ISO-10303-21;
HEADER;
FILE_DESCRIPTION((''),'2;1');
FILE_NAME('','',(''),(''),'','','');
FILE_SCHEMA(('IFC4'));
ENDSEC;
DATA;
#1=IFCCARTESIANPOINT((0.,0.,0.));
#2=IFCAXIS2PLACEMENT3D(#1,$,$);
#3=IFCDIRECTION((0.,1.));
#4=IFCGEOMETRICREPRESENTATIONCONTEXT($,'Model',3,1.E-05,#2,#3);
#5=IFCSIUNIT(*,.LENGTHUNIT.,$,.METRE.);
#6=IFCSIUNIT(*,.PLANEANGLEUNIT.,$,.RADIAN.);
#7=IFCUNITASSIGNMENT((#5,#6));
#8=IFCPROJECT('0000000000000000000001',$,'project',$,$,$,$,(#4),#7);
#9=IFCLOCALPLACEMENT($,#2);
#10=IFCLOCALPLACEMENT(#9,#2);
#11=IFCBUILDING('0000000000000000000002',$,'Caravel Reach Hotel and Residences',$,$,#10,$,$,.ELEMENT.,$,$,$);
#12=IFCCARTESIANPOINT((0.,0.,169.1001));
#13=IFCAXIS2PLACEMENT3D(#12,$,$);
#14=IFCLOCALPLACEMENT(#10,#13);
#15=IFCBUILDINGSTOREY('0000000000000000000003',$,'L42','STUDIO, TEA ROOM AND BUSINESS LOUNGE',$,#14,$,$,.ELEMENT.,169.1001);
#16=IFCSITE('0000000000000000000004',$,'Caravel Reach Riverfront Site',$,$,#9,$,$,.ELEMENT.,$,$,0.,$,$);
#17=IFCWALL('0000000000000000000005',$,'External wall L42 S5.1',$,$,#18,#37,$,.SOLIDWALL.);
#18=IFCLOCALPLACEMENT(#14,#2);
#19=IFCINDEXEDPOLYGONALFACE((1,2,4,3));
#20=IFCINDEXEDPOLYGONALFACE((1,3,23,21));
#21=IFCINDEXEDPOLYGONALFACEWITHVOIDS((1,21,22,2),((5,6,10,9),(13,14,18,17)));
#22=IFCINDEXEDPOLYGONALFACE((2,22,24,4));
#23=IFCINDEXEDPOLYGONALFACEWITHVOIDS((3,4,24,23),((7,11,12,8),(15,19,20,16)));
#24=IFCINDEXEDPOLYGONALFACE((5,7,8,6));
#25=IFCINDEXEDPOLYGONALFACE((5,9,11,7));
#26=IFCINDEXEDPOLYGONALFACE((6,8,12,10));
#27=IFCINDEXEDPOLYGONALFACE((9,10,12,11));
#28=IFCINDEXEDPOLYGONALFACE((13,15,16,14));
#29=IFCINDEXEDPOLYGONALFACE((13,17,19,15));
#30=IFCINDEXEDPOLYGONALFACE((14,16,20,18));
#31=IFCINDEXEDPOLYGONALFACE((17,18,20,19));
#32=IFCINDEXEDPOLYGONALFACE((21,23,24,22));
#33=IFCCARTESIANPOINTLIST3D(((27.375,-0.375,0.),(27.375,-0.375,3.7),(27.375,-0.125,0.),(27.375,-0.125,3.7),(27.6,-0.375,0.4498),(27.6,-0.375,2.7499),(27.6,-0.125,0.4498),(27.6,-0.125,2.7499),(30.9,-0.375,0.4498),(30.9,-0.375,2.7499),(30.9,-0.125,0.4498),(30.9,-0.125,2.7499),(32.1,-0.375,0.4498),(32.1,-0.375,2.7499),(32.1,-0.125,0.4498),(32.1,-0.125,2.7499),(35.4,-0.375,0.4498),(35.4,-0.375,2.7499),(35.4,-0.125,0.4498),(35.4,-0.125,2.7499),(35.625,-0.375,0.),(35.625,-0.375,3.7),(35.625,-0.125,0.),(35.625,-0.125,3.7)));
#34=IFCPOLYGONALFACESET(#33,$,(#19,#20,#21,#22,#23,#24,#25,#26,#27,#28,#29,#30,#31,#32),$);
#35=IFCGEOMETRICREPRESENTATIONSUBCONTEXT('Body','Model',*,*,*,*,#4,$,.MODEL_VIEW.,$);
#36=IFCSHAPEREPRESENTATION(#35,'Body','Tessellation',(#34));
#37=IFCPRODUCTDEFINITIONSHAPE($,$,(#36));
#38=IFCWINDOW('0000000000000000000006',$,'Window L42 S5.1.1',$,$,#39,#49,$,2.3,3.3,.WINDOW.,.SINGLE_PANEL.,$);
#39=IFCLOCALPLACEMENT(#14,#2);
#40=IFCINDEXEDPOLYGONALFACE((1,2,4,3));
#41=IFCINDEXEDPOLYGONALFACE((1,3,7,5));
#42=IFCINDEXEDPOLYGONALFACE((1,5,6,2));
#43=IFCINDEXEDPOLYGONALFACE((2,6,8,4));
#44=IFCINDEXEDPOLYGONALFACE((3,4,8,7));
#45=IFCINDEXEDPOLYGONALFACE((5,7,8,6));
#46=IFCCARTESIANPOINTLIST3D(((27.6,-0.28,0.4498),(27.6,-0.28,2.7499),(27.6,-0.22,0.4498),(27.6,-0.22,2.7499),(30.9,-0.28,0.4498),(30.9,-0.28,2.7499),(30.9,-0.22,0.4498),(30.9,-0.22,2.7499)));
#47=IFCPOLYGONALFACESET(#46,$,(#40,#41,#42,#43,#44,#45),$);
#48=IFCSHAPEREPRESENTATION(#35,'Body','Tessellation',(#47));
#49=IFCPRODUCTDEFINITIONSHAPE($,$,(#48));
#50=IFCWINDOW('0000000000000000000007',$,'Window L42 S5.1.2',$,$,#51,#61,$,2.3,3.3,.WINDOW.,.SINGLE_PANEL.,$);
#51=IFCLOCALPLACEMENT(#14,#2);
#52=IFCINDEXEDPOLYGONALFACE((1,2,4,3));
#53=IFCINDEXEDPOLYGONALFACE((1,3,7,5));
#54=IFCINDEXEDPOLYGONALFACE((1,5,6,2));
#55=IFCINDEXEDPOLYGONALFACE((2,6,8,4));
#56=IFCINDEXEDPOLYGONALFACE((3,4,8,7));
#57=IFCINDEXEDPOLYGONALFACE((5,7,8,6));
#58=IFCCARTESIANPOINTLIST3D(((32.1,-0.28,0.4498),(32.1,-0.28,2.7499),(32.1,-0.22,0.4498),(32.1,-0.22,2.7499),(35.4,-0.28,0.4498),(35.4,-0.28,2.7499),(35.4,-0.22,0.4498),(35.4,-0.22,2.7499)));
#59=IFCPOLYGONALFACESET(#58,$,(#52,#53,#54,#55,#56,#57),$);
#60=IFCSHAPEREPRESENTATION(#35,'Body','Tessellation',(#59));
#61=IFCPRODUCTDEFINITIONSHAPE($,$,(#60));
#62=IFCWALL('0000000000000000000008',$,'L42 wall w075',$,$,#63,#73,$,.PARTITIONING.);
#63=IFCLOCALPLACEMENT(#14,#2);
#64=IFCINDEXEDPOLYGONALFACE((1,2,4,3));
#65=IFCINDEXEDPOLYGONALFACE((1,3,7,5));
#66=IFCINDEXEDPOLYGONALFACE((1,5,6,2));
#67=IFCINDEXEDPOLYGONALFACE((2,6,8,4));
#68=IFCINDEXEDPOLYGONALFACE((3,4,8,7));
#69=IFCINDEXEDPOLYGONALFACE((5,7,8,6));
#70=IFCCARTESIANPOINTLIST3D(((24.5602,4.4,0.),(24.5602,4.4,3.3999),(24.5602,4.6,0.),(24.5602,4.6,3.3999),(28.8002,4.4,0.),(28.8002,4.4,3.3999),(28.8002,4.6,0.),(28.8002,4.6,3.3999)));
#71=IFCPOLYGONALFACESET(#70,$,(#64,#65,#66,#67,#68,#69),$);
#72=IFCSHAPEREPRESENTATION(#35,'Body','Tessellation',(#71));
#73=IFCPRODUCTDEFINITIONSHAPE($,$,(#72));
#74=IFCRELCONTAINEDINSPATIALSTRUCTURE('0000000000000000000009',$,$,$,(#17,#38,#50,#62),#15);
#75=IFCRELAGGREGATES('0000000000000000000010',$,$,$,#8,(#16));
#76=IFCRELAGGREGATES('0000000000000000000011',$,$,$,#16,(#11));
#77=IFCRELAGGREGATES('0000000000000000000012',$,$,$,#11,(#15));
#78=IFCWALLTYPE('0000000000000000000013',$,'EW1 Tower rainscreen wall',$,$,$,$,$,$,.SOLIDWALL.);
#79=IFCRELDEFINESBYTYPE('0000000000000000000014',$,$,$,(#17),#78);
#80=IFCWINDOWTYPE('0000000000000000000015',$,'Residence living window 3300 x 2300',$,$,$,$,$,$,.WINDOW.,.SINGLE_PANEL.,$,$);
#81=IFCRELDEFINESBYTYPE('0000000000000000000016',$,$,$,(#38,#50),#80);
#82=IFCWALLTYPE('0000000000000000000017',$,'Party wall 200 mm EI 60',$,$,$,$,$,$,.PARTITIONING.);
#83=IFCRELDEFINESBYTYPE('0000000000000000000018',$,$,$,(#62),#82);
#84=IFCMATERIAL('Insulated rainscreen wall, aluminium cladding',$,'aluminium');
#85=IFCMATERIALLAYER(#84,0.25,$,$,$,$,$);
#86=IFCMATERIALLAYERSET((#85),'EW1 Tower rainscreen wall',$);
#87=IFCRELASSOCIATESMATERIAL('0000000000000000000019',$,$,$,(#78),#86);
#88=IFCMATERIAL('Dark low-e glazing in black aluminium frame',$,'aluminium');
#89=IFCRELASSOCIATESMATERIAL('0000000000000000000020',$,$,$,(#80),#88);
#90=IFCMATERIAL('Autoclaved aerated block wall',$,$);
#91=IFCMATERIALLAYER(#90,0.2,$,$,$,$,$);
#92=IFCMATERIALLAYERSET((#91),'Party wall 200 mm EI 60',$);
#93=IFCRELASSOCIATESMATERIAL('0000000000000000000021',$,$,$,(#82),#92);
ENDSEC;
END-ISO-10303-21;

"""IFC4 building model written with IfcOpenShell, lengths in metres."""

from ifc_helpers import new_model, si_unit, direction, frame, frame_2d, origin, place, context, subcontext, project, spatial, rectangle, extrude, material, layer, layer_set, type_object, element, fill, save


model = new_model("IFC4")

# Units and contexts
model_context = context("Model", 3, precision=1e-05, world=origin(), true_north=direction((0.0, 1.0)))
body_context = subcontext(model_context, "Body", "Model", "MODEL_VIEW")
ifc_project = project(units=[si_unit("LENGTHUNIT", "METRE"), si_unit("PLANEANGLEUNIT", "RADIAN")], contexts=[model_context])

# Site, building, storey
site_placement = place(None, origin())
site = spatial("IfcSite", under=ifc_project, at=site_placement, Name="Caravel Reach Riverfront Site", CompositionType="ELEMENT", RefElevation=0.0)
building_placement = place(site_placement, origin())
building = spatial("IfcBuilding", under=site, at=building_placement, Name="Caravel Reach Hotel and Residences", CompositionType="ELEMENT")
storey_placement = place(building_placement, frame((0.0, 0.0, 169.1001)))
storey = spatial("IfcBuildingStorey", under=building, at=storey_placement, Name="L42", Description="STUDIO, TEA ROOM AND BUSINESS LOUNGE", CompositionType="ELEMENT", Elevation=169.1001)

# Shared definitions
ifc_material_1 = material(Name="Insulated rainscreen wall, aluminium cladding", Category="aluminium")
ifc_layer_1 = layer(ifc_material_1, 0.25)
ifc_layer_set_1 = layer_set([ifc_layer_1], Name="EW1 Tower rainscreen wall")
wall_type_1 = type_object("IfcWallType", Name="EW1 Tower rainscreen wall", PredefinedType="SOLIDWALL", material=ifc_layer_set_1)

# Wall, openings, windows
wall_1_placement = place(storey_placement, frame((27.375, -0.25, 0.0), z_axis=(0.0, 0.0, 1.0), x_axis=(1.0, 0.0, 0.0)))
wall_1 = element("IfcWall", 1, at=wall_1_placement, inside=storey, type_object=wall_type_1, Name="External wall L42 S5.1", PredefinedType="SOLIDWALL", context=body_context, shape_type="SweptSolid", body=[
    extrude(rectangle(XDim=8.25, YDim=0.25, at=frame_2d((4.125, 0.0))), origin(), (0.0, 0.0, 1.0), 3.7),
])
opening_1_placement = place(wall_1_placement, frame((0.2251, 0.0, 0.45)))
opening_1 = element("IfcOpeningElement", 2, at=opening_1_placement, cuts=wall_1, PredefinedType="OPENING", context=body_context, shape_type="SweptSolid", body=[
    extrude(rectangle(XDim=3.3, YDim=2.3, at=frame_2d((1.6499, 1.1499))), frame((0.0, 0.135, 0.0), z_axis=(0.0, -1.0, 0.0), x_axis=(1.0, 0.0, 0.0)), (0.0, 0.0, 1.0), 0.27),
])
opening_2_placement = place(wall_1_placement, frame((4.7251, 0.0, 0.45)))
opening_2 = element("IfcOpeningElement", 3, at=opening_2_placement, cuts=wall_1, PredefinedType="OPENING", context=body_context, shape_type="SweptSolid", body=[
    extrude(rectangle(XDim=3.3, YDim=2.3, at=frame_2d((1.6499, 1.1499))), frame((0.0, 0.135, 0.0), z_axis=(0.0, -1.0, 0.0), x_axis=(1.0, 0.0, 0.0)), (0.0, 0.0, 1.0), 0.27),
])
ifc_material_2 = material(Name="Dark low-e glazing in black aluminium frame", Category="aluminium")
window_type_1 = type_object("IfcWindowType", Name="Residence living window 3300 x 2300", PartitioningType="SINGLE_PANEL", PredefinedType="WINDOW", material=ifc_material_2)
window_1_placement = place(opening_1_placement, origin())
window_1 = element("IfcWindow", 4, at=window_1_placement, inside=storey, type_object=window_type_1, Name="Window L42 S5.1.1", OverallHeight=2.3, OverallWidth=3.3, PartitioningType="SINGLE_PANEL", PredefinedType="WINDOW", context=body_context, shape_type="SweptSolid", body=[
    extrude(rectangle(XDim=3.3, YDim=2.3, at=frame_2d((1.6499, 1.1499))), frame((0.0, 0.03, 0.0), z_axis=(0.0, -1.0, 0.0), x_axis=(1.0, 0.0, 0.0)), (0.0, 0.0, 1.0), 0.0601),
])
fill(opening_1, window_1)
window_2_placement = place(opening_2_placement, origin())
window_2 = element("IfcWindow", 5, at=window_2_placement, inside=storey, type_object=window_type_1, Name="Window L42 S5.1.2", OverallHeight=2.3, OverallWidth=3.3, PartitioningType="SINGLE_PANEL", PredefinedType="WINDOW", context=body_context, shape_type="SweptSolid", body=[
    extrude(rectangle(XDim=3.3, YDim=2.3, at=frame_2d((1.6499, 1.1499))), frame((0.0, 0.03, 0.0), z_axis=(0.0, -1.0, 0.0), x_axis=(1.0, 0.0, 0.0)), (0.0, 0.0, 1.0), 0.0601),
])
fill(opening_2, window_2)

# Wall
ifc_material_3 = material(Name="Autoclaved aerated block wall")
ifc_layer_2 = layer(ifc_material_3, 0.2)
ifc_layer_set_2 = layer_set([ifc_layer_2], Name="Party wall 200 mm EI 60")
wall_type_2 = type_object("IfcWallType", Name="Party wall 200 mm EI 60", PredefinedType="PARTITIONING", material=ifc_layer_set_2)
wall_2_placement = place(storey_placement, frame((24.5601, 4.5, 0.0), z_axis=(0.0, 0.0, 1.0), x_axis=(1.0, 0.0, 0.0)))
element("IfcWall", 6, at=wall_2_placement, inside=storey, type_object=wall_type_2, Name="L42 wall w075", PredefinedType="PARTITIONING", context=body_context, shape_type="SweptSolid", body=[
    extrude(rectangle(XDim=4.24, YDim=0.2, at=frame_2d((2.1201, 0.0))), origin(), (0.0, 0.0, 1.0), 3.3999),
])

save(model, "model.ifc")
